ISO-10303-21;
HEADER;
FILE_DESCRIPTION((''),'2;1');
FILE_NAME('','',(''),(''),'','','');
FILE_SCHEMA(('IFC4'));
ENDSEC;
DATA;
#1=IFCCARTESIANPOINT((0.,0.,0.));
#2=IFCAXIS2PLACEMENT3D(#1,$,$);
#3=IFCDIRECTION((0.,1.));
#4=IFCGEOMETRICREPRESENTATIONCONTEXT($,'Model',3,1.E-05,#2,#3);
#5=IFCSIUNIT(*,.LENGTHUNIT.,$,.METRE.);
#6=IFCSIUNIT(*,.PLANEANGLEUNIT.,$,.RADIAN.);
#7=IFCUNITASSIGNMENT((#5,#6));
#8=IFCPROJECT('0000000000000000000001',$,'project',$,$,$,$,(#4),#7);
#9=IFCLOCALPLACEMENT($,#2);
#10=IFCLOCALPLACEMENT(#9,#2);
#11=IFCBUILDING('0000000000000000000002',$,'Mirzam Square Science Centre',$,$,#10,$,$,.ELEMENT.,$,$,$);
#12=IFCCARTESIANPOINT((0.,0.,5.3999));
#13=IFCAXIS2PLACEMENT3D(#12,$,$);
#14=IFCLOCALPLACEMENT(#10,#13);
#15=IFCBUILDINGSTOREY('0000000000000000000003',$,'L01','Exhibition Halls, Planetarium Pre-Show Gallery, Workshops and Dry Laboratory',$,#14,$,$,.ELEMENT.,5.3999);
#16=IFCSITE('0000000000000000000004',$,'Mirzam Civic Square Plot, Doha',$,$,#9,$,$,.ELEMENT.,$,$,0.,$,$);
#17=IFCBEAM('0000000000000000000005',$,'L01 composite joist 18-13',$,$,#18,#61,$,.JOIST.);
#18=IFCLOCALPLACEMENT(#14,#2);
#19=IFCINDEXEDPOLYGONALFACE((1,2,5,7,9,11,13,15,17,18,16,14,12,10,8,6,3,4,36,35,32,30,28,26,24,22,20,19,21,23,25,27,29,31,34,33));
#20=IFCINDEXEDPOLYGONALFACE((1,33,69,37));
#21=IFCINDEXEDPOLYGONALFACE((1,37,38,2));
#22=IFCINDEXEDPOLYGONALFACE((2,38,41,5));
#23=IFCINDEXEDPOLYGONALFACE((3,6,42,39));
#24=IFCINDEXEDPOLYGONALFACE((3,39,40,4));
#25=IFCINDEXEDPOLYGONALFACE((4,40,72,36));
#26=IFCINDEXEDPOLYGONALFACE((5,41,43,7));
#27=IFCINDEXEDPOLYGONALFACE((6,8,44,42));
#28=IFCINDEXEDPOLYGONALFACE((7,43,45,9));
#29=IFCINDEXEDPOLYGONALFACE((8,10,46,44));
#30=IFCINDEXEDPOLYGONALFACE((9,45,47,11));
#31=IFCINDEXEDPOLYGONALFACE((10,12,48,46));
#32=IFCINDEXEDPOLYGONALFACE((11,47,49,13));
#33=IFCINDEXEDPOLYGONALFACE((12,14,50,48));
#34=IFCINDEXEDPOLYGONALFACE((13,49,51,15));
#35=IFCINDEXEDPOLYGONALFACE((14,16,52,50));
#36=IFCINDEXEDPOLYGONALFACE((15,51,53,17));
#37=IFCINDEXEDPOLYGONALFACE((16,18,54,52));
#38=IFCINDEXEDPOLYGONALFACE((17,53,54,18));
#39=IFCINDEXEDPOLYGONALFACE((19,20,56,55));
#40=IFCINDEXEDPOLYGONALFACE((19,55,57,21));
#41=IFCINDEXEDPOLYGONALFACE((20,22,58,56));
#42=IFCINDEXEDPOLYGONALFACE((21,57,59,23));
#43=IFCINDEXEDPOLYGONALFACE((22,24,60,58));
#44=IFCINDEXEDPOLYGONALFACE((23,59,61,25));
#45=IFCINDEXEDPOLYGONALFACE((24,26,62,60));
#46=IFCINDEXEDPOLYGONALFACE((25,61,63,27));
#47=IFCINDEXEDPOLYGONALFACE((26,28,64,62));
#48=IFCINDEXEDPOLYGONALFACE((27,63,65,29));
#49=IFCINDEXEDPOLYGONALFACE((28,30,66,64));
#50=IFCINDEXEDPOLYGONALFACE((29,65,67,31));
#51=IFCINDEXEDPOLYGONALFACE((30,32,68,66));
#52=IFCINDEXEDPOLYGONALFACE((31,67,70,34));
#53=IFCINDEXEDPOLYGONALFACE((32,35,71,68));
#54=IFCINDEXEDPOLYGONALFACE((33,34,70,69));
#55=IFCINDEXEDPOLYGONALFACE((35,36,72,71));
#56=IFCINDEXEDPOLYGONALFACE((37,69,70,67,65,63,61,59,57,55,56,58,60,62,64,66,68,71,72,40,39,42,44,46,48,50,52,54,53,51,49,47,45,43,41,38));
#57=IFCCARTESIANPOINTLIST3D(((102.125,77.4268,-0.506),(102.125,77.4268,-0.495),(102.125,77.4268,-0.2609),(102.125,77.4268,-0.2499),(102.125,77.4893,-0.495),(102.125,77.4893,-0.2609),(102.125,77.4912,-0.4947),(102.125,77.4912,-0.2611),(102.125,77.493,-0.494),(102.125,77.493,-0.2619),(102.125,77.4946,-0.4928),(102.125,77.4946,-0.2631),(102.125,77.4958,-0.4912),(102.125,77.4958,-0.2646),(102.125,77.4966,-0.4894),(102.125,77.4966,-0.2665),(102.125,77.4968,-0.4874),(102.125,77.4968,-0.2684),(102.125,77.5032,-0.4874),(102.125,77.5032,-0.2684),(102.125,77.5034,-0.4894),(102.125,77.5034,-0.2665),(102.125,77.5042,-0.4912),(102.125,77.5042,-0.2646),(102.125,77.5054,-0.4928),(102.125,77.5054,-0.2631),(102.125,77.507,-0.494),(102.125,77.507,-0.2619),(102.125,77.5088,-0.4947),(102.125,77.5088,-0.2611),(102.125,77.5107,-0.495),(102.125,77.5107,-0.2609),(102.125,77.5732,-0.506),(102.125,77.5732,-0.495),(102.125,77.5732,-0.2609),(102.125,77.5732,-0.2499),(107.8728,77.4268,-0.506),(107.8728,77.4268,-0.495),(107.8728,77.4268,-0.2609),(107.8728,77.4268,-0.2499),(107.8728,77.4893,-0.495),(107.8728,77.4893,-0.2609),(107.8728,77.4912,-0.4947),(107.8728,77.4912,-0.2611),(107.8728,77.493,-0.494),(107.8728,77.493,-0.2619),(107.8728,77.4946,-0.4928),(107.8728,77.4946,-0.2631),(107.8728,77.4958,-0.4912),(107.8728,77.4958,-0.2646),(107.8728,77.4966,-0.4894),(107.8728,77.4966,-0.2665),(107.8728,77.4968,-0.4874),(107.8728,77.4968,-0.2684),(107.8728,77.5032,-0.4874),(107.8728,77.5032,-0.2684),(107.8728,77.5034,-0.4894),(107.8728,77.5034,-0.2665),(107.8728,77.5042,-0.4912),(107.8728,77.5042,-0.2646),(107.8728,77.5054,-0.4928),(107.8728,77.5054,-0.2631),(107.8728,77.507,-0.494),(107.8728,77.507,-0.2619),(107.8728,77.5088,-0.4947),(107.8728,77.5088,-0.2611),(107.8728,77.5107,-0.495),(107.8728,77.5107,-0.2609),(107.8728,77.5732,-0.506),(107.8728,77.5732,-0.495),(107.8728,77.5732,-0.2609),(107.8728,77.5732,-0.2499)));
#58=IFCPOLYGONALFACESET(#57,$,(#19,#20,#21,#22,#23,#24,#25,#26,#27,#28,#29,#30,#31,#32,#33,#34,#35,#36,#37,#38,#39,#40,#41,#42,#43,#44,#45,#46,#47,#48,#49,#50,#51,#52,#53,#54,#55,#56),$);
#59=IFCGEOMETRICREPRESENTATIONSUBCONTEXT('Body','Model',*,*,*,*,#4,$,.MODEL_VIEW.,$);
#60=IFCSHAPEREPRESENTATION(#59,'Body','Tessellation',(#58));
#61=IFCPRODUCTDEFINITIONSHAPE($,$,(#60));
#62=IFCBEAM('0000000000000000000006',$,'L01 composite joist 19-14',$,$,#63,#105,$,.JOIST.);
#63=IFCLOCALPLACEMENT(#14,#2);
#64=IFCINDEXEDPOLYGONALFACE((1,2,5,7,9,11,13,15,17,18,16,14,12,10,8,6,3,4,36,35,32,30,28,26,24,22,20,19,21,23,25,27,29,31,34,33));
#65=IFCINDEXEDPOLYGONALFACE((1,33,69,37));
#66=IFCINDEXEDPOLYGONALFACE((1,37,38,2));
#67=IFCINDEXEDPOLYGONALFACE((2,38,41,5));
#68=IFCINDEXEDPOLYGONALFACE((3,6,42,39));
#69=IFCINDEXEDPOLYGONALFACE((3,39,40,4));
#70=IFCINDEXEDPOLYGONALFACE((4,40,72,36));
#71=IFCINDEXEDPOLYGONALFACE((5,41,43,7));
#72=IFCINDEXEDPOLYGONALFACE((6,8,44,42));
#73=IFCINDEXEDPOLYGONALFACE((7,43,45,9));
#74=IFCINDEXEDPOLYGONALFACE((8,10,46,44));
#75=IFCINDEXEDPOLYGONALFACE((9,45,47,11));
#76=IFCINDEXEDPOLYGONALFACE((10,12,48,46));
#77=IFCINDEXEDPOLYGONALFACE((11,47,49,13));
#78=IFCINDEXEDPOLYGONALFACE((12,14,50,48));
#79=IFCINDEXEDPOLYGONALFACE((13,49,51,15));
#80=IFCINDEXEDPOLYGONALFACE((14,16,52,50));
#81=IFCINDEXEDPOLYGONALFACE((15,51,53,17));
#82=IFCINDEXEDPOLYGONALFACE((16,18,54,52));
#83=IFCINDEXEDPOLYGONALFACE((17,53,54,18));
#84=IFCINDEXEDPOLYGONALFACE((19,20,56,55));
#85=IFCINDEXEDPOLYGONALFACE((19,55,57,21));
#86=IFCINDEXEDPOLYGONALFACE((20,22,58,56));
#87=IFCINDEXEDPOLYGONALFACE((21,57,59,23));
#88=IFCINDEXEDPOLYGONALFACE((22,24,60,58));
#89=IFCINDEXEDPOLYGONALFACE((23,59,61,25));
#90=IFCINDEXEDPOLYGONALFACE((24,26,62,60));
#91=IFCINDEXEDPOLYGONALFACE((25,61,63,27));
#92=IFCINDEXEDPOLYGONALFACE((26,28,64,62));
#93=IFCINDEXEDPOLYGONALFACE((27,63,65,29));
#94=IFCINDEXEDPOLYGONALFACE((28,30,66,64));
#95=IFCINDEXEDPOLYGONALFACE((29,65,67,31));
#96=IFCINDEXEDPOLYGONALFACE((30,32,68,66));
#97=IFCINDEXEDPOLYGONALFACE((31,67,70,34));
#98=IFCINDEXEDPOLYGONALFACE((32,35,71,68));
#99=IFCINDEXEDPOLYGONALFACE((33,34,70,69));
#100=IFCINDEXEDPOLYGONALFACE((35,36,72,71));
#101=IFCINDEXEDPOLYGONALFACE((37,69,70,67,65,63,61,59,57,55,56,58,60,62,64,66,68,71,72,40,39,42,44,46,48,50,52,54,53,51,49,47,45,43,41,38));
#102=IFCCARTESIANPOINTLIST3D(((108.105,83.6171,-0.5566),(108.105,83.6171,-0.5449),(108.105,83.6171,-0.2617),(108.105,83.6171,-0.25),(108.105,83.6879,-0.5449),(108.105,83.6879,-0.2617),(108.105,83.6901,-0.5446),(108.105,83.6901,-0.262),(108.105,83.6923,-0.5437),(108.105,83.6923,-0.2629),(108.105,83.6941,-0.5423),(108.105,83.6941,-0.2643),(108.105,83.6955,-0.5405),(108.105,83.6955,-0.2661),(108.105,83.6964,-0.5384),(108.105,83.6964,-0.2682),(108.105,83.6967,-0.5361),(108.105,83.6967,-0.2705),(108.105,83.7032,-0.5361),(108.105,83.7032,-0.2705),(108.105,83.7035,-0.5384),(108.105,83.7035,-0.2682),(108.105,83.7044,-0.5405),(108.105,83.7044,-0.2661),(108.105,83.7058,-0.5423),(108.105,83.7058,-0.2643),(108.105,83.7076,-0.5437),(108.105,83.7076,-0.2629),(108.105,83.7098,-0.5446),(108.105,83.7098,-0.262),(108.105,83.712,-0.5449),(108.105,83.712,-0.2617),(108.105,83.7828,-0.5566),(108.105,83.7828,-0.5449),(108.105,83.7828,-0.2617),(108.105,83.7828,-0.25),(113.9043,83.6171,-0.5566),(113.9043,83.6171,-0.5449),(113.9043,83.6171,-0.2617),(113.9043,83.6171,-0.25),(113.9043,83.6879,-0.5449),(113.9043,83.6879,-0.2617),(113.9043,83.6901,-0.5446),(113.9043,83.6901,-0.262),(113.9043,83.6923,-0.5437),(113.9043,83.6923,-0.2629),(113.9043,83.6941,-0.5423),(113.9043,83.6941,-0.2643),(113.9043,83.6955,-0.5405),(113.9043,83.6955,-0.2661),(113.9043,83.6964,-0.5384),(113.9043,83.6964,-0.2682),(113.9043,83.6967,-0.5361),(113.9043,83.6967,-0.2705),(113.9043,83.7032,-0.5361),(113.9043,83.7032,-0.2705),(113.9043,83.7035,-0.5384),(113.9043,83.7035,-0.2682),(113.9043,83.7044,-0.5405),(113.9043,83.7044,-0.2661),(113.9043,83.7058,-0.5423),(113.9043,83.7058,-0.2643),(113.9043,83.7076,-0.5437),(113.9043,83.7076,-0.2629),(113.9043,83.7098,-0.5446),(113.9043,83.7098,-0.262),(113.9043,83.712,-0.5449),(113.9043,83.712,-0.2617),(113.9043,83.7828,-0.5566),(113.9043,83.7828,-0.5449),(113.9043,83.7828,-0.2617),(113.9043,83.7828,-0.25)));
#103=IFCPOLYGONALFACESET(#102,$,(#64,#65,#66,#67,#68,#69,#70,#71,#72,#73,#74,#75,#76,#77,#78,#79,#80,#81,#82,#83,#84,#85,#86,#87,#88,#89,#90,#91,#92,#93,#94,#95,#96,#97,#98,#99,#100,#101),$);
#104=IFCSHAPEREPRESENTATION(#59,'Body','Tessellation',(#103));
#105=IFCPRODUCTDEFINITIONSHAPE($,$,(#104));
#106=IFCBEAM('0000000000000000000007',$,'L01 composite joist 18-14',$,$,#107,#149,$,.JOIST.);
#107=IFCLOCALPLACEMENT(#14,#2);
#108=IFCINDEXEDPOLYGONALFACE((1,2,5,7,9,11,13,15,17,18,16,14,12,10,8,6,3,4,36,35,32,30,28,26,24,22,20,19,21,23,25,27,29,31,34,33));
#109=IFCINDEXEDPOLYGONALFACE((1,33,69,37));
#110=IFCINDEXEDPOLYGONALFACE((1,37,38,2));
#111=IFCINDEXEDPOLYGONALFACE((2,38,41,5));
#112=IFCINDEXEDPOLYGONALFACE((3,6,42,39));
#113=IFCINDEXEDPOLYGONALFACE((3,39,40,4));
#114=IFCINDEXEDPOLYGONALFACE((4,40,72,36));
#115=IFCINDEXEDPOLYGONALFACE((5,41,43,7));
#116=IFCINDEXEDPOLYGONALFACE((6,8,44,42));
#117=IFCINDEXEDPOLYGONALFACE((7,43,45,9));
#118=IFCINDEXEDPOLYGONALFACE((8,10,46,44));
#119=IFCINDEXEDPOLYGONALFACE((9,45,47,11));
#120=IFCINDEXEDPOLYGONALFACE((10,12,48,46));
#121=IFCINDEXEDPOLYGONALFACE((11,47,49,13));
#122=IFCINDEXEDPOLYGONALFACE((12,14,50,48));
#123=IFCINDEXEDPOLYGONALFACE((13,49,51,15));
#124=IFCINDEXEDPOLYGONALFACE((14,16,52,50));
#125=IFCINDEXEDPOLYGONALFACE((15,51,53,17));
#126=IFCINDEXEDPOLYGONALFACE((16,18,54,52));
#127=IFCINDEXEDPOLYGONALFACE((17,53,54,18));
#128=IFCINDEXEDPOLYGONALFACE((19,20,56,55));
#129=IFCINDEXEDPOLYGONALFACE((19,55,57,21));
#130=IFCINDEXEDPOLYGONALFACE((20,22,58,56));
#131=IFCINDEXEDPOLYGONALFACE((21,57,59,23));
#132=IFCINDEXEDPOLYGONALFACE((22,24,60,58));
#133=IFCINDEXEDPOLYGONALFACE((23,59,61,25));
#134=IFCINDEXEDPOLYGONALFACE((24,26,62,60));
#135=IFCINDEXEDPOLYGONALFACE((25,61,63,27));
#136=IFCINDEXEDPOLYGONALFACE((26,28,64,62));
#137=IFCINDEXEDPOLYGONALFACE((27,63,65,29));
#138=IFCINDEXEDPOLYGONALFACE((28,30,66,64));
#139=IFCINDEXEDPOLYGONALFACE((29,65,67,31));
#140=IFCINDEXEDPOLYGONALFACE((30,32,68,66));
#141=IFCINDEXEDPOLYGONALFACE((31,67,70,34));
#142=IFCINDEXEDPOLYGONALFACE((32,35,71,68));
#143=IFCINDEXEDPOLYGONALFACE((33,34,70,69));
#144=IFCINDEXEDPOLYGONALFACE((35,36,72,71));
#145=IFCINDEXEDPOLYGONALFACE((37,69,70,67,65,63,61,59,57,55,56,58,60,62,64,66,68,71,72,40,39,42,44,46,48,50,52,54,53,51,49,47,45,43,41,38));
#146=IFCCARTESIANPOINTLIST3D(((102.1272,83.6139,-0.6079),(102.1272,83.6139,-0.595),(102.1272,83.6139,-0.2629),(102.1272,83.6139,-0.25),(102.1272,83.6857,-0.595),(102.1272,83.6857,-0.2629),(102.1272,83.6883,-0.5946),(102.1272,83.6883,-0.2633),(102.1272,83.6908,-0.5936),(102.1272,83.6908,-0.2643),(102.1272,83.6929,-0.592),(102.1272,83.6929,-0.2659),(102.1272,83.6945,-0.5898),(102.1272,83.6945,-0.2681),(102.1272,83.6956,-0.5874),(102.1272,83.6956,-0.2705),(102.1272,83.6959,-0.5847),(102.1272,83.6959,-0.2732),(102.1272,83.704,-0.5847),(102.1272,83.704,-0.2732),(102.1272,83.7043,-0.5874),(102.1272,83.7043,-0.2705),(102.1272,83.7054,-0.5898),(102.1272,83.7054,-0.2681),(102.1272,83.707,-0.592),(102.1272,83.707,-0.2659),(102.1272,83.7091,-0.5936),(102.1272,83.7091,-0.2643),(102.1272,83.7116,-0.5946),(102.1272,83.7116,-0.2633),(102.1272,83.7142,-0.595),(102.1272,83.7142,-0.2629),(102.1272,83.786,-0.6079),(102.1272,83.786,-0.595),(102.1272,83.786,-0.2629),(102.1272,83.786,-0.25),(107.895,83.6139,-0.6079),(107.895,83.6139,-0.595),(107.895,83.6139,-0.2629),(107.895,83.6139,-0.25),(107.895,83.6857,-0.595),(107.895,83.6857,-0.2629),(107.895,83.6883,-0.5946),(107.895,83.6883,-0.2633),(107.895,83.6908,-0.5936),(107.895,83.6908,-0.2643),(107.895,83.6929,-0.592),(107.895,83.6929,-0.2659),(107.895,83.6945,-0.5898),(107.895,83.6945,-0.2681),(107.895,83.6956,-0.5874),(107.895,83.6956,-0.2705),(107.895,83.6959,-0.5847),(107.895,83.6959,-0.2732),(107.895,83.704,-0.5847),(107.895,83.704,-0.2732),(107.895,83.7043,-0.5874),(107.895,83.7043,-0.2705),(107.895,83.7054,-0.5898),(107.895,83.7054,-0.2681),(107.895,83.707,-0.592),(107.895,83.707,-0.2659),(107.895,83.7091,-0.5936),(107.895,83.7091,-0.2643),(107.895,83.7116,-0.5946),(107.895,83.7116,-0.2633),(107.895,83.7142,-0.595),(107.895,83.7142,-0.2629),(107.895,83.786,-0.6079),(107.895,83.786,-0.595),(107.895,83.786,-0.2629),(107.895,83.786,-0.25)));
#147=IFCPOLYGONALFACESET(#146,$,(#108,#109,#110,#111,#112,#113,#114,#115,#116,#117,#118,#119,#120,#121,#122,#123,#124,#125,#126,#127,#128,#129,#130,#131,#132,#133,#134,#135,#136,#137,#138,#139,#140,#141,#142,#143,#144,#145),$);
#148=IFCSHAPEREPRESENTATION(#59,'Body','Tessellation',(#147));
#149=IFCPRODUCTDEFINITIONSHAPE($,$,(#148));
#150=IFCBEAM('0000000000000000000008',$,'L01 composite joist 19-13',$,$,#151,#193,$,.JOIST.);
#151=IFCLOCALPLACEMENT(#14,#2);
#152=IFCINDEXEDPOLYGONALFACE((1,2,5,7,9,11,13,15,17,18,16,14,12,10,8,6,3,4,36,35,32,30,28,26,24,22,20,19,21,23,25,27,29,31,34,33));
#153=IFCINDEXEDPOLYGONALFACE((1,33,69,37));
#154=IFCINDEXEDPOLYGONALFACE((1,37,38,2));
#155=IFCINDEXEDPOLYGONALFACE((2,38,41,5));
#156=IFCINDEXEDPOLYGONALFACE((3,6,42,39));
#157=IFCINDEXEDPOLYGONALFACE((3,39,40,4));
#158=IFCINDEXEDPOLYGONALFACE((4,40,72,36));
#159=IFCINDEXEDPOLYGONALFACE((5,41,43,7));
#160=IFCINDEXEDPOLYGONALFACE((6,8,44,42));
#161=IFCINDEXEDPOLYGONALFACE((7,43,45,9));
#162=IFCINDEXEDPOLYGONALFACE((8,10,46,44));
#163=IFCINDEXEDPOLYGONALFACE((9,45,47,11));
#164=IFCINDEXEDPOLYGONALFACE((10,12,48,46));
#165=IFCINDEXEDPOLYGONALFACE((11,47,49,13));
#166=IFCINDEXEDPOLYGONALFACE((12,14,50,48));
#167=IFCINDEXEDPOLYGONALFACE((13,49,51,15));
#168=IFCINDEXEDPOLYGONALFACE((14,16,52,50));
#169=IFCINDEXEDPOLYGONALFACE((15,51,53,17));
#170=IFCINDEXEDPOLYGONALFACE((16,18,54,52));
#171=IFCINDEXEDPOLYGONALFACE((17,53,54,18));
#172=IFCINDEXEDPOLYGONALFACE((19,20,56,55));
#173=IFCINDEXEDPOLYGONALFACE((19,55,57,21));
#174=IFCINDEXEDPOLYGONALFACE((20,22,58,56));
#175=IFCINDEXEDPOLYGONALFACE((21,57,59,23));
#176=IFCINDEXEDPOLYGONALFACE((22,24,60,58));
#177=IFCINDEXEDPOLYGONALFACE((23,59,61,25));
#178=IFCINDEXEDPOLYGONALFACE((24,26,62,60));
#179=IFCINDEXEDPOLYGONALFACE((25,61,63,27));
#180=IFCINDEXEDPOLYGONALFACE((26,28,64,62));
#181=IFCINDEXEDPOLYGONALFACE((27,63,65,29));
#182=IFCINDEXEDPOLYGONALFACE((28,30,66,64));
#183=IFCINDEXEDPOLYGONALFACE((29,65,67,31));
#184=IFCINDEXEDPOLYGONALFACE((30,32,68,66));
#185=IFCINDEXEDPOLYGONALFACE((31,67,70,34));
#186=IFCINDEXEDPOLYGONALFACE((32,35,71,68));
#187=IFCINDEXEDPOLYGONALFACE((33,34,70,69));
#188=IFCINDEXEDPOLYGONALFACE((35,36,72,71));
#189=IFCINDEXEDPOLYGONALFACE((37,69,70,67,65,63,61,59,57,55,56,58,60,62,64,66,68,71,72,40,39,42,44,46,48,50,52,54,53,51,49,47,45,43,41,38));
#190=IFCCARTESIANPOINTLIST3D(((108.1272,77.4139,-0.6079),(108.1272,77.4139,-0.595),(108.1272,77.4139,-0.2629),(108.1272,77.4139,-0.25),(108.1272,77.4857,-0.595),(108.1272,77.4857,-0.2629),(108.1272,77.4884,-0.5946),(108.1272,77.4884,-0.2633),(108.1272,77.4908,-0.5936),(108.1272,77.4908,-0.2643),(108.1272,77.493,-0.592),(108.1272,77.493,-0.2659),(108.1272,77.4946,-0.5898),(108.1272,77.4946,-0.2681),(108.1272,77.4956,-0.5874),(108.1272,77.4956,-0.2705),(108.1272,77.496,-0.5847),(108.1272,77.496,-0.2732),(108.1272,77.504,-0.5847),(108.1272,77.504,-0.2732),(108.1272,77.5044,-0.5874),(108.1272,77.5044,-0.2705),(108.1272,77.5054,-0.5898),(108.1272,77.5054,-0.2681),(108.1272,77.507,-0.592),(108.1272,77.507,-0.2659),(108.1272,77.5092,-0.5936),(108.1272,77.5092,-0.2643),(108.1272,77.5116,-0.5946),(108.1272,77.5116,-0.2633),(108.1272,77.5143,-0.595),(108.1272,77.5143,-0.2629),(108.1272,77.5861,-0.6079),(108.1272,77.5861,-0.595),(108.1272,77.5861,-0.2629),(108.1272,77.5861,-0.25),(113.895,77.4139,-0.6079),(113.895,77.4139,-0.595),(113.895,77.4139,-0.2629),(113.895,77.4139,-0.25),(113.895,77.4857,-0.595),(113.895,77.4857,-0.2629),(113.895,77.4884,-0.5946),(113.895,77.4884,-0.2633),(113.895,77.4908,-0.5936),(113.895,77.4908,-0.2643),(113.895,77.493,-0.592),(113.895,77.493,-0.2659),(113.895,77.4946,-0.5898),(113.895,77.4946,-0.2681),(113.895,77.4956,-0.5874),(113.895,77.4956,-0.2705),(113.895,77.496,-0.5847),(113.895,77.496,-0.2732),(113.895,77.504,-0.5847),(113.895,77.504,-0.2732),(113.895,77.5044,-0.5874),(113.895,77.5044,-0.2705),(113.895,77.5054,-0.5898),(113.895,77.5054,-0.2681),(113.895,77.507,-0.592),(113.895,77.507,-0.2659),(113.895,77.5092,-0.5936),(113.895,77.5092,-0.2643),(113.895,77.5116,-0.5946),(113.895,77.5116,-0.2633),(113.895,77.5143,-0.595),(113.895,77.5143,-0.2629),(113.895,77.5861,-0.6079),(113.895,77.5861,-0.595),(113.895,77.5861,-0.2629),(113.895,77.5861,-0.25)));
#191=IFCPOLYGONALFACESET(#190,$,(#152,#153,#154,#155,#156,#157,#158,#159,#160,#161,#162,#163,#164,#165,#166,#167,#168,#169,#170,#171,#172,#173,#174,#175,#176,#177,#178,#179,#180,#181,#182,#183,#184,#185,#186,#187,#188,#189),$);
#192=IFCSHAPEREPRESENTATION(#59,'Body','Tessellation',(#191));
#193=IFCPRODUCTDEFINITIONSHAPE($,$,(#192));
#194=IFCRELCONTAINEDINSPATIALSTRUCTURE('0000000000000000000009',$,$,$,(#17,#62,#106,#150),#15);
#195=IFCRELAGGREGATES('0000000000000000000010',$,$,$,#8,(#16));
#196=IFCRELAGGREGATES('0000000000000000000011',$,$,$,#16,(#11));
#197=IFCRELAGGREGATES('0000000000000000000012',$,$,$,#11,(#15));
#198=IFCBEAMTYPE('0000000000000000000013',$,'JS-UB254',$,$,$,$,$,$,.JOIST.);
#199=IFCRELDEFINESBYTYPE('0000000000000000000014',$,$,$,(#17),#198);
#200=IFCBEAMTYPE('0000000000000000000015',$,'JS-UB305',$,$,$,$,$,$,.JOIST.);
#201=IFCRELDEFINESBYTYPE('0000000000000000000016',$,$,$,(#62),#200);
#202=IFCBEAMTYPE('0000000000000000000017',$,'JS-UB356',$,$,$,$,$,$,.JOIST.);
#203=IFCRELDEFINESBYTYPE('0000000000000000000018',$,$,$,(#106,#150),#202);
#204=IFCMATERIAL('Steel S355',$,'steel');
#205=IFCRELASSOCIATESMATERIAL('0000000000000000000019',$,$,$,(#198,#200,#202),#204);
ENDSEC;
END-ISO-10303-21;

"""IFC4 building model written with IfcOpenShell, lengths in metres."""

from ifc_helpers import new_model, si_unit, direction, frame, origin, origin_2d, place, context, subcontext, project, spatial, i_section, extrude, material, material_profile, profile_set, type_object, element, save


model = new_model("IFC4")

# Units and contexts
model_context = context("Model", 3, precision=1e-05, world=origin(), true_north=direction((0.0, 1.0)))
body_context = subcontext(model_context, "Body", "Model", "MODEL_VIEW")
ifc_project = project(units=[si_unit("LENGTHUNIT", "METRE"), si_unit("PLANEANGLEUNIT", "RADIAN")], contexts=[model_context])

# Site, building, storey
site_placement = place(None, origin())
site = spatial("IfcSite", under=ifc_project, at=site_placement, Name="Mirzam Civic Square Plot, Doha", CompositionType="ELEMENT", RefElevation=0.0)
building_placement = place(site_placement, origin())
building = spatial("IfcBuilding", under=site, at=building_placement, Name="Mirzam Square Science Centre", CompositionType="ELEMENT")
storey_placement = place(building_placement, frame((0.0, 0.0, 5.3999)))
storey = spatial("IfcBuildingStorey", under=building, at=storey_placement, Name="L01", Description="Exhibition Halls, Planetarium Pre-Show Gallery, Workshops and Dry Laboratory", CompositionType="ELEMENT", Elevation=5.3999)

# Shared definitions
ifc_material_1 = material(Name="Steel S355", Category="steel")

# Beams
ifc_material_profile_1 = material_profile(ifc_material_1, i_section(OverallWidth=0.1465, OverallDepth=0.2561, WebThickness=0.0063, FlangeThickness=0.011, FilletRadius=0.0076, at=origin_2d()), Name="254x146x37UB")
ifc_profile_set_1 = profile_set([ifc_material_profile_1], Name="Steel S355")
beam_type_1 = type_object("IfcBeamType", Name="JS-UB254", PredefinedType="JOIST", material=ifc_profile_set_1)
beam_1_placement = place(storey_placement, frame((102.125, 77.5, -0.3779), z_axis=(1.0, 0.0, 0.0), x_axis=(0.0, 1.0, 0.0)))
element("IfcBeam", 1, at=beam_1_placement, inside=storey, type_object=beam_type_1, Name="L01 composite joist 18-13", PredefinedType="JOIST", context=body_context, shape_type="SweptSolid", body=[
    extrude(i_section(OverallWidth=0.1465, OverallDepth=0.2561, WebThickness=0.0063, FlangeThickness=0.011, FilletRadius=0.0076, at=origin_2d()), origin(), (0.0, 0.0, 1.0), 5.7478),
])
ifc_material_profile_2 = material_profile(ifc_material_1, i_section(OverallWidth=0.1658, OverallDepth=0.3066, WebThickness=0.0066, FlangeThickness=0.0117, FilletRadius=0.0088, at=origin_2d()), Name="305x165x46UB")
ifc_profile_set_2 = profile_set([ifc_material_profile_2], Name="Steel S355")
beam_type_2 = type_object("IfcBeamType", Name="JS-UB305", PredefinedType="JOIST", material=ifc_profile_set_2)
beam_2_placement = place(storey_placement, frame((108.105, 83.7, -0.4033), z_axis=(1.0, 0.0, 0.0), x_axis=(0.0, 1.0, 0.0)))
element("IfcBeam", 2, at=beam_2_placement, inside=storey, type_object=beam_type_2, Name="L01 composite joist 19-14", PredefinedType="JOIST", context=body_context, shape_type="SweptSolid", body=[
    extrude(i_section(OverallWidth=0.1658, OverallDepth=0.3066, WebThickness=0.0066, FlangeThickness=0.0117, FilletRadius=0.0088, at=origin_2d()), origin(), (0.0, 0.0, 1.0), 5.7993),
])
ifc_material_profile_3 = material_profile(ifc_material_1, i_section(OverallWidth=0.1721, OverallDepth=0.3579, WebThickness=0.0081, FlangeThickness=0.0129, FilletRadius=0.0103, at=origin_2d()), Name="356x171x57UB")
ifc_profile_set_3 = profile_set([ifc_material_profile_3], Name="Steel S355")
beam_type_3 = type_object("IfcBeamType", Name="JS-UB356", PredefinedType="JOIST", material=ifc_profile_set_3)
for number, where, z_axis, x_axis, name in (
    (3, (102.1272, 83.7, -0.429), (1.0, 0.0, 0.0), (0.0, 1.0, 0.0), "L01 composite joist 18-14"),
    (4, (108.1272, 77.5, -0.429), (1.0, 0.0, 0.0), (0.0, 1.0, 0.0), "L01 composite joist 19-13"),
):
    element("IfcBeam", number, at=place(storey_placement, frame(where, z_axis=z_axis, x_axis=x_axis)), inside=storey, type_object=beam_type_3, Name=name, PredefinedType="JOIST", context=body_context, shape_type="SweptSolid", body=[
        extrude(i_section(OverallWidth=0.1721, OverallDepth=0.3579, WebThickness=0.0081, FlangeThickness=0.0129, FilletRadius=0.0103, at=origin_2d()), origin(), (0.0, 0.0, 1.0), 5.7678),
    ])

save(model, "model.ifc")
